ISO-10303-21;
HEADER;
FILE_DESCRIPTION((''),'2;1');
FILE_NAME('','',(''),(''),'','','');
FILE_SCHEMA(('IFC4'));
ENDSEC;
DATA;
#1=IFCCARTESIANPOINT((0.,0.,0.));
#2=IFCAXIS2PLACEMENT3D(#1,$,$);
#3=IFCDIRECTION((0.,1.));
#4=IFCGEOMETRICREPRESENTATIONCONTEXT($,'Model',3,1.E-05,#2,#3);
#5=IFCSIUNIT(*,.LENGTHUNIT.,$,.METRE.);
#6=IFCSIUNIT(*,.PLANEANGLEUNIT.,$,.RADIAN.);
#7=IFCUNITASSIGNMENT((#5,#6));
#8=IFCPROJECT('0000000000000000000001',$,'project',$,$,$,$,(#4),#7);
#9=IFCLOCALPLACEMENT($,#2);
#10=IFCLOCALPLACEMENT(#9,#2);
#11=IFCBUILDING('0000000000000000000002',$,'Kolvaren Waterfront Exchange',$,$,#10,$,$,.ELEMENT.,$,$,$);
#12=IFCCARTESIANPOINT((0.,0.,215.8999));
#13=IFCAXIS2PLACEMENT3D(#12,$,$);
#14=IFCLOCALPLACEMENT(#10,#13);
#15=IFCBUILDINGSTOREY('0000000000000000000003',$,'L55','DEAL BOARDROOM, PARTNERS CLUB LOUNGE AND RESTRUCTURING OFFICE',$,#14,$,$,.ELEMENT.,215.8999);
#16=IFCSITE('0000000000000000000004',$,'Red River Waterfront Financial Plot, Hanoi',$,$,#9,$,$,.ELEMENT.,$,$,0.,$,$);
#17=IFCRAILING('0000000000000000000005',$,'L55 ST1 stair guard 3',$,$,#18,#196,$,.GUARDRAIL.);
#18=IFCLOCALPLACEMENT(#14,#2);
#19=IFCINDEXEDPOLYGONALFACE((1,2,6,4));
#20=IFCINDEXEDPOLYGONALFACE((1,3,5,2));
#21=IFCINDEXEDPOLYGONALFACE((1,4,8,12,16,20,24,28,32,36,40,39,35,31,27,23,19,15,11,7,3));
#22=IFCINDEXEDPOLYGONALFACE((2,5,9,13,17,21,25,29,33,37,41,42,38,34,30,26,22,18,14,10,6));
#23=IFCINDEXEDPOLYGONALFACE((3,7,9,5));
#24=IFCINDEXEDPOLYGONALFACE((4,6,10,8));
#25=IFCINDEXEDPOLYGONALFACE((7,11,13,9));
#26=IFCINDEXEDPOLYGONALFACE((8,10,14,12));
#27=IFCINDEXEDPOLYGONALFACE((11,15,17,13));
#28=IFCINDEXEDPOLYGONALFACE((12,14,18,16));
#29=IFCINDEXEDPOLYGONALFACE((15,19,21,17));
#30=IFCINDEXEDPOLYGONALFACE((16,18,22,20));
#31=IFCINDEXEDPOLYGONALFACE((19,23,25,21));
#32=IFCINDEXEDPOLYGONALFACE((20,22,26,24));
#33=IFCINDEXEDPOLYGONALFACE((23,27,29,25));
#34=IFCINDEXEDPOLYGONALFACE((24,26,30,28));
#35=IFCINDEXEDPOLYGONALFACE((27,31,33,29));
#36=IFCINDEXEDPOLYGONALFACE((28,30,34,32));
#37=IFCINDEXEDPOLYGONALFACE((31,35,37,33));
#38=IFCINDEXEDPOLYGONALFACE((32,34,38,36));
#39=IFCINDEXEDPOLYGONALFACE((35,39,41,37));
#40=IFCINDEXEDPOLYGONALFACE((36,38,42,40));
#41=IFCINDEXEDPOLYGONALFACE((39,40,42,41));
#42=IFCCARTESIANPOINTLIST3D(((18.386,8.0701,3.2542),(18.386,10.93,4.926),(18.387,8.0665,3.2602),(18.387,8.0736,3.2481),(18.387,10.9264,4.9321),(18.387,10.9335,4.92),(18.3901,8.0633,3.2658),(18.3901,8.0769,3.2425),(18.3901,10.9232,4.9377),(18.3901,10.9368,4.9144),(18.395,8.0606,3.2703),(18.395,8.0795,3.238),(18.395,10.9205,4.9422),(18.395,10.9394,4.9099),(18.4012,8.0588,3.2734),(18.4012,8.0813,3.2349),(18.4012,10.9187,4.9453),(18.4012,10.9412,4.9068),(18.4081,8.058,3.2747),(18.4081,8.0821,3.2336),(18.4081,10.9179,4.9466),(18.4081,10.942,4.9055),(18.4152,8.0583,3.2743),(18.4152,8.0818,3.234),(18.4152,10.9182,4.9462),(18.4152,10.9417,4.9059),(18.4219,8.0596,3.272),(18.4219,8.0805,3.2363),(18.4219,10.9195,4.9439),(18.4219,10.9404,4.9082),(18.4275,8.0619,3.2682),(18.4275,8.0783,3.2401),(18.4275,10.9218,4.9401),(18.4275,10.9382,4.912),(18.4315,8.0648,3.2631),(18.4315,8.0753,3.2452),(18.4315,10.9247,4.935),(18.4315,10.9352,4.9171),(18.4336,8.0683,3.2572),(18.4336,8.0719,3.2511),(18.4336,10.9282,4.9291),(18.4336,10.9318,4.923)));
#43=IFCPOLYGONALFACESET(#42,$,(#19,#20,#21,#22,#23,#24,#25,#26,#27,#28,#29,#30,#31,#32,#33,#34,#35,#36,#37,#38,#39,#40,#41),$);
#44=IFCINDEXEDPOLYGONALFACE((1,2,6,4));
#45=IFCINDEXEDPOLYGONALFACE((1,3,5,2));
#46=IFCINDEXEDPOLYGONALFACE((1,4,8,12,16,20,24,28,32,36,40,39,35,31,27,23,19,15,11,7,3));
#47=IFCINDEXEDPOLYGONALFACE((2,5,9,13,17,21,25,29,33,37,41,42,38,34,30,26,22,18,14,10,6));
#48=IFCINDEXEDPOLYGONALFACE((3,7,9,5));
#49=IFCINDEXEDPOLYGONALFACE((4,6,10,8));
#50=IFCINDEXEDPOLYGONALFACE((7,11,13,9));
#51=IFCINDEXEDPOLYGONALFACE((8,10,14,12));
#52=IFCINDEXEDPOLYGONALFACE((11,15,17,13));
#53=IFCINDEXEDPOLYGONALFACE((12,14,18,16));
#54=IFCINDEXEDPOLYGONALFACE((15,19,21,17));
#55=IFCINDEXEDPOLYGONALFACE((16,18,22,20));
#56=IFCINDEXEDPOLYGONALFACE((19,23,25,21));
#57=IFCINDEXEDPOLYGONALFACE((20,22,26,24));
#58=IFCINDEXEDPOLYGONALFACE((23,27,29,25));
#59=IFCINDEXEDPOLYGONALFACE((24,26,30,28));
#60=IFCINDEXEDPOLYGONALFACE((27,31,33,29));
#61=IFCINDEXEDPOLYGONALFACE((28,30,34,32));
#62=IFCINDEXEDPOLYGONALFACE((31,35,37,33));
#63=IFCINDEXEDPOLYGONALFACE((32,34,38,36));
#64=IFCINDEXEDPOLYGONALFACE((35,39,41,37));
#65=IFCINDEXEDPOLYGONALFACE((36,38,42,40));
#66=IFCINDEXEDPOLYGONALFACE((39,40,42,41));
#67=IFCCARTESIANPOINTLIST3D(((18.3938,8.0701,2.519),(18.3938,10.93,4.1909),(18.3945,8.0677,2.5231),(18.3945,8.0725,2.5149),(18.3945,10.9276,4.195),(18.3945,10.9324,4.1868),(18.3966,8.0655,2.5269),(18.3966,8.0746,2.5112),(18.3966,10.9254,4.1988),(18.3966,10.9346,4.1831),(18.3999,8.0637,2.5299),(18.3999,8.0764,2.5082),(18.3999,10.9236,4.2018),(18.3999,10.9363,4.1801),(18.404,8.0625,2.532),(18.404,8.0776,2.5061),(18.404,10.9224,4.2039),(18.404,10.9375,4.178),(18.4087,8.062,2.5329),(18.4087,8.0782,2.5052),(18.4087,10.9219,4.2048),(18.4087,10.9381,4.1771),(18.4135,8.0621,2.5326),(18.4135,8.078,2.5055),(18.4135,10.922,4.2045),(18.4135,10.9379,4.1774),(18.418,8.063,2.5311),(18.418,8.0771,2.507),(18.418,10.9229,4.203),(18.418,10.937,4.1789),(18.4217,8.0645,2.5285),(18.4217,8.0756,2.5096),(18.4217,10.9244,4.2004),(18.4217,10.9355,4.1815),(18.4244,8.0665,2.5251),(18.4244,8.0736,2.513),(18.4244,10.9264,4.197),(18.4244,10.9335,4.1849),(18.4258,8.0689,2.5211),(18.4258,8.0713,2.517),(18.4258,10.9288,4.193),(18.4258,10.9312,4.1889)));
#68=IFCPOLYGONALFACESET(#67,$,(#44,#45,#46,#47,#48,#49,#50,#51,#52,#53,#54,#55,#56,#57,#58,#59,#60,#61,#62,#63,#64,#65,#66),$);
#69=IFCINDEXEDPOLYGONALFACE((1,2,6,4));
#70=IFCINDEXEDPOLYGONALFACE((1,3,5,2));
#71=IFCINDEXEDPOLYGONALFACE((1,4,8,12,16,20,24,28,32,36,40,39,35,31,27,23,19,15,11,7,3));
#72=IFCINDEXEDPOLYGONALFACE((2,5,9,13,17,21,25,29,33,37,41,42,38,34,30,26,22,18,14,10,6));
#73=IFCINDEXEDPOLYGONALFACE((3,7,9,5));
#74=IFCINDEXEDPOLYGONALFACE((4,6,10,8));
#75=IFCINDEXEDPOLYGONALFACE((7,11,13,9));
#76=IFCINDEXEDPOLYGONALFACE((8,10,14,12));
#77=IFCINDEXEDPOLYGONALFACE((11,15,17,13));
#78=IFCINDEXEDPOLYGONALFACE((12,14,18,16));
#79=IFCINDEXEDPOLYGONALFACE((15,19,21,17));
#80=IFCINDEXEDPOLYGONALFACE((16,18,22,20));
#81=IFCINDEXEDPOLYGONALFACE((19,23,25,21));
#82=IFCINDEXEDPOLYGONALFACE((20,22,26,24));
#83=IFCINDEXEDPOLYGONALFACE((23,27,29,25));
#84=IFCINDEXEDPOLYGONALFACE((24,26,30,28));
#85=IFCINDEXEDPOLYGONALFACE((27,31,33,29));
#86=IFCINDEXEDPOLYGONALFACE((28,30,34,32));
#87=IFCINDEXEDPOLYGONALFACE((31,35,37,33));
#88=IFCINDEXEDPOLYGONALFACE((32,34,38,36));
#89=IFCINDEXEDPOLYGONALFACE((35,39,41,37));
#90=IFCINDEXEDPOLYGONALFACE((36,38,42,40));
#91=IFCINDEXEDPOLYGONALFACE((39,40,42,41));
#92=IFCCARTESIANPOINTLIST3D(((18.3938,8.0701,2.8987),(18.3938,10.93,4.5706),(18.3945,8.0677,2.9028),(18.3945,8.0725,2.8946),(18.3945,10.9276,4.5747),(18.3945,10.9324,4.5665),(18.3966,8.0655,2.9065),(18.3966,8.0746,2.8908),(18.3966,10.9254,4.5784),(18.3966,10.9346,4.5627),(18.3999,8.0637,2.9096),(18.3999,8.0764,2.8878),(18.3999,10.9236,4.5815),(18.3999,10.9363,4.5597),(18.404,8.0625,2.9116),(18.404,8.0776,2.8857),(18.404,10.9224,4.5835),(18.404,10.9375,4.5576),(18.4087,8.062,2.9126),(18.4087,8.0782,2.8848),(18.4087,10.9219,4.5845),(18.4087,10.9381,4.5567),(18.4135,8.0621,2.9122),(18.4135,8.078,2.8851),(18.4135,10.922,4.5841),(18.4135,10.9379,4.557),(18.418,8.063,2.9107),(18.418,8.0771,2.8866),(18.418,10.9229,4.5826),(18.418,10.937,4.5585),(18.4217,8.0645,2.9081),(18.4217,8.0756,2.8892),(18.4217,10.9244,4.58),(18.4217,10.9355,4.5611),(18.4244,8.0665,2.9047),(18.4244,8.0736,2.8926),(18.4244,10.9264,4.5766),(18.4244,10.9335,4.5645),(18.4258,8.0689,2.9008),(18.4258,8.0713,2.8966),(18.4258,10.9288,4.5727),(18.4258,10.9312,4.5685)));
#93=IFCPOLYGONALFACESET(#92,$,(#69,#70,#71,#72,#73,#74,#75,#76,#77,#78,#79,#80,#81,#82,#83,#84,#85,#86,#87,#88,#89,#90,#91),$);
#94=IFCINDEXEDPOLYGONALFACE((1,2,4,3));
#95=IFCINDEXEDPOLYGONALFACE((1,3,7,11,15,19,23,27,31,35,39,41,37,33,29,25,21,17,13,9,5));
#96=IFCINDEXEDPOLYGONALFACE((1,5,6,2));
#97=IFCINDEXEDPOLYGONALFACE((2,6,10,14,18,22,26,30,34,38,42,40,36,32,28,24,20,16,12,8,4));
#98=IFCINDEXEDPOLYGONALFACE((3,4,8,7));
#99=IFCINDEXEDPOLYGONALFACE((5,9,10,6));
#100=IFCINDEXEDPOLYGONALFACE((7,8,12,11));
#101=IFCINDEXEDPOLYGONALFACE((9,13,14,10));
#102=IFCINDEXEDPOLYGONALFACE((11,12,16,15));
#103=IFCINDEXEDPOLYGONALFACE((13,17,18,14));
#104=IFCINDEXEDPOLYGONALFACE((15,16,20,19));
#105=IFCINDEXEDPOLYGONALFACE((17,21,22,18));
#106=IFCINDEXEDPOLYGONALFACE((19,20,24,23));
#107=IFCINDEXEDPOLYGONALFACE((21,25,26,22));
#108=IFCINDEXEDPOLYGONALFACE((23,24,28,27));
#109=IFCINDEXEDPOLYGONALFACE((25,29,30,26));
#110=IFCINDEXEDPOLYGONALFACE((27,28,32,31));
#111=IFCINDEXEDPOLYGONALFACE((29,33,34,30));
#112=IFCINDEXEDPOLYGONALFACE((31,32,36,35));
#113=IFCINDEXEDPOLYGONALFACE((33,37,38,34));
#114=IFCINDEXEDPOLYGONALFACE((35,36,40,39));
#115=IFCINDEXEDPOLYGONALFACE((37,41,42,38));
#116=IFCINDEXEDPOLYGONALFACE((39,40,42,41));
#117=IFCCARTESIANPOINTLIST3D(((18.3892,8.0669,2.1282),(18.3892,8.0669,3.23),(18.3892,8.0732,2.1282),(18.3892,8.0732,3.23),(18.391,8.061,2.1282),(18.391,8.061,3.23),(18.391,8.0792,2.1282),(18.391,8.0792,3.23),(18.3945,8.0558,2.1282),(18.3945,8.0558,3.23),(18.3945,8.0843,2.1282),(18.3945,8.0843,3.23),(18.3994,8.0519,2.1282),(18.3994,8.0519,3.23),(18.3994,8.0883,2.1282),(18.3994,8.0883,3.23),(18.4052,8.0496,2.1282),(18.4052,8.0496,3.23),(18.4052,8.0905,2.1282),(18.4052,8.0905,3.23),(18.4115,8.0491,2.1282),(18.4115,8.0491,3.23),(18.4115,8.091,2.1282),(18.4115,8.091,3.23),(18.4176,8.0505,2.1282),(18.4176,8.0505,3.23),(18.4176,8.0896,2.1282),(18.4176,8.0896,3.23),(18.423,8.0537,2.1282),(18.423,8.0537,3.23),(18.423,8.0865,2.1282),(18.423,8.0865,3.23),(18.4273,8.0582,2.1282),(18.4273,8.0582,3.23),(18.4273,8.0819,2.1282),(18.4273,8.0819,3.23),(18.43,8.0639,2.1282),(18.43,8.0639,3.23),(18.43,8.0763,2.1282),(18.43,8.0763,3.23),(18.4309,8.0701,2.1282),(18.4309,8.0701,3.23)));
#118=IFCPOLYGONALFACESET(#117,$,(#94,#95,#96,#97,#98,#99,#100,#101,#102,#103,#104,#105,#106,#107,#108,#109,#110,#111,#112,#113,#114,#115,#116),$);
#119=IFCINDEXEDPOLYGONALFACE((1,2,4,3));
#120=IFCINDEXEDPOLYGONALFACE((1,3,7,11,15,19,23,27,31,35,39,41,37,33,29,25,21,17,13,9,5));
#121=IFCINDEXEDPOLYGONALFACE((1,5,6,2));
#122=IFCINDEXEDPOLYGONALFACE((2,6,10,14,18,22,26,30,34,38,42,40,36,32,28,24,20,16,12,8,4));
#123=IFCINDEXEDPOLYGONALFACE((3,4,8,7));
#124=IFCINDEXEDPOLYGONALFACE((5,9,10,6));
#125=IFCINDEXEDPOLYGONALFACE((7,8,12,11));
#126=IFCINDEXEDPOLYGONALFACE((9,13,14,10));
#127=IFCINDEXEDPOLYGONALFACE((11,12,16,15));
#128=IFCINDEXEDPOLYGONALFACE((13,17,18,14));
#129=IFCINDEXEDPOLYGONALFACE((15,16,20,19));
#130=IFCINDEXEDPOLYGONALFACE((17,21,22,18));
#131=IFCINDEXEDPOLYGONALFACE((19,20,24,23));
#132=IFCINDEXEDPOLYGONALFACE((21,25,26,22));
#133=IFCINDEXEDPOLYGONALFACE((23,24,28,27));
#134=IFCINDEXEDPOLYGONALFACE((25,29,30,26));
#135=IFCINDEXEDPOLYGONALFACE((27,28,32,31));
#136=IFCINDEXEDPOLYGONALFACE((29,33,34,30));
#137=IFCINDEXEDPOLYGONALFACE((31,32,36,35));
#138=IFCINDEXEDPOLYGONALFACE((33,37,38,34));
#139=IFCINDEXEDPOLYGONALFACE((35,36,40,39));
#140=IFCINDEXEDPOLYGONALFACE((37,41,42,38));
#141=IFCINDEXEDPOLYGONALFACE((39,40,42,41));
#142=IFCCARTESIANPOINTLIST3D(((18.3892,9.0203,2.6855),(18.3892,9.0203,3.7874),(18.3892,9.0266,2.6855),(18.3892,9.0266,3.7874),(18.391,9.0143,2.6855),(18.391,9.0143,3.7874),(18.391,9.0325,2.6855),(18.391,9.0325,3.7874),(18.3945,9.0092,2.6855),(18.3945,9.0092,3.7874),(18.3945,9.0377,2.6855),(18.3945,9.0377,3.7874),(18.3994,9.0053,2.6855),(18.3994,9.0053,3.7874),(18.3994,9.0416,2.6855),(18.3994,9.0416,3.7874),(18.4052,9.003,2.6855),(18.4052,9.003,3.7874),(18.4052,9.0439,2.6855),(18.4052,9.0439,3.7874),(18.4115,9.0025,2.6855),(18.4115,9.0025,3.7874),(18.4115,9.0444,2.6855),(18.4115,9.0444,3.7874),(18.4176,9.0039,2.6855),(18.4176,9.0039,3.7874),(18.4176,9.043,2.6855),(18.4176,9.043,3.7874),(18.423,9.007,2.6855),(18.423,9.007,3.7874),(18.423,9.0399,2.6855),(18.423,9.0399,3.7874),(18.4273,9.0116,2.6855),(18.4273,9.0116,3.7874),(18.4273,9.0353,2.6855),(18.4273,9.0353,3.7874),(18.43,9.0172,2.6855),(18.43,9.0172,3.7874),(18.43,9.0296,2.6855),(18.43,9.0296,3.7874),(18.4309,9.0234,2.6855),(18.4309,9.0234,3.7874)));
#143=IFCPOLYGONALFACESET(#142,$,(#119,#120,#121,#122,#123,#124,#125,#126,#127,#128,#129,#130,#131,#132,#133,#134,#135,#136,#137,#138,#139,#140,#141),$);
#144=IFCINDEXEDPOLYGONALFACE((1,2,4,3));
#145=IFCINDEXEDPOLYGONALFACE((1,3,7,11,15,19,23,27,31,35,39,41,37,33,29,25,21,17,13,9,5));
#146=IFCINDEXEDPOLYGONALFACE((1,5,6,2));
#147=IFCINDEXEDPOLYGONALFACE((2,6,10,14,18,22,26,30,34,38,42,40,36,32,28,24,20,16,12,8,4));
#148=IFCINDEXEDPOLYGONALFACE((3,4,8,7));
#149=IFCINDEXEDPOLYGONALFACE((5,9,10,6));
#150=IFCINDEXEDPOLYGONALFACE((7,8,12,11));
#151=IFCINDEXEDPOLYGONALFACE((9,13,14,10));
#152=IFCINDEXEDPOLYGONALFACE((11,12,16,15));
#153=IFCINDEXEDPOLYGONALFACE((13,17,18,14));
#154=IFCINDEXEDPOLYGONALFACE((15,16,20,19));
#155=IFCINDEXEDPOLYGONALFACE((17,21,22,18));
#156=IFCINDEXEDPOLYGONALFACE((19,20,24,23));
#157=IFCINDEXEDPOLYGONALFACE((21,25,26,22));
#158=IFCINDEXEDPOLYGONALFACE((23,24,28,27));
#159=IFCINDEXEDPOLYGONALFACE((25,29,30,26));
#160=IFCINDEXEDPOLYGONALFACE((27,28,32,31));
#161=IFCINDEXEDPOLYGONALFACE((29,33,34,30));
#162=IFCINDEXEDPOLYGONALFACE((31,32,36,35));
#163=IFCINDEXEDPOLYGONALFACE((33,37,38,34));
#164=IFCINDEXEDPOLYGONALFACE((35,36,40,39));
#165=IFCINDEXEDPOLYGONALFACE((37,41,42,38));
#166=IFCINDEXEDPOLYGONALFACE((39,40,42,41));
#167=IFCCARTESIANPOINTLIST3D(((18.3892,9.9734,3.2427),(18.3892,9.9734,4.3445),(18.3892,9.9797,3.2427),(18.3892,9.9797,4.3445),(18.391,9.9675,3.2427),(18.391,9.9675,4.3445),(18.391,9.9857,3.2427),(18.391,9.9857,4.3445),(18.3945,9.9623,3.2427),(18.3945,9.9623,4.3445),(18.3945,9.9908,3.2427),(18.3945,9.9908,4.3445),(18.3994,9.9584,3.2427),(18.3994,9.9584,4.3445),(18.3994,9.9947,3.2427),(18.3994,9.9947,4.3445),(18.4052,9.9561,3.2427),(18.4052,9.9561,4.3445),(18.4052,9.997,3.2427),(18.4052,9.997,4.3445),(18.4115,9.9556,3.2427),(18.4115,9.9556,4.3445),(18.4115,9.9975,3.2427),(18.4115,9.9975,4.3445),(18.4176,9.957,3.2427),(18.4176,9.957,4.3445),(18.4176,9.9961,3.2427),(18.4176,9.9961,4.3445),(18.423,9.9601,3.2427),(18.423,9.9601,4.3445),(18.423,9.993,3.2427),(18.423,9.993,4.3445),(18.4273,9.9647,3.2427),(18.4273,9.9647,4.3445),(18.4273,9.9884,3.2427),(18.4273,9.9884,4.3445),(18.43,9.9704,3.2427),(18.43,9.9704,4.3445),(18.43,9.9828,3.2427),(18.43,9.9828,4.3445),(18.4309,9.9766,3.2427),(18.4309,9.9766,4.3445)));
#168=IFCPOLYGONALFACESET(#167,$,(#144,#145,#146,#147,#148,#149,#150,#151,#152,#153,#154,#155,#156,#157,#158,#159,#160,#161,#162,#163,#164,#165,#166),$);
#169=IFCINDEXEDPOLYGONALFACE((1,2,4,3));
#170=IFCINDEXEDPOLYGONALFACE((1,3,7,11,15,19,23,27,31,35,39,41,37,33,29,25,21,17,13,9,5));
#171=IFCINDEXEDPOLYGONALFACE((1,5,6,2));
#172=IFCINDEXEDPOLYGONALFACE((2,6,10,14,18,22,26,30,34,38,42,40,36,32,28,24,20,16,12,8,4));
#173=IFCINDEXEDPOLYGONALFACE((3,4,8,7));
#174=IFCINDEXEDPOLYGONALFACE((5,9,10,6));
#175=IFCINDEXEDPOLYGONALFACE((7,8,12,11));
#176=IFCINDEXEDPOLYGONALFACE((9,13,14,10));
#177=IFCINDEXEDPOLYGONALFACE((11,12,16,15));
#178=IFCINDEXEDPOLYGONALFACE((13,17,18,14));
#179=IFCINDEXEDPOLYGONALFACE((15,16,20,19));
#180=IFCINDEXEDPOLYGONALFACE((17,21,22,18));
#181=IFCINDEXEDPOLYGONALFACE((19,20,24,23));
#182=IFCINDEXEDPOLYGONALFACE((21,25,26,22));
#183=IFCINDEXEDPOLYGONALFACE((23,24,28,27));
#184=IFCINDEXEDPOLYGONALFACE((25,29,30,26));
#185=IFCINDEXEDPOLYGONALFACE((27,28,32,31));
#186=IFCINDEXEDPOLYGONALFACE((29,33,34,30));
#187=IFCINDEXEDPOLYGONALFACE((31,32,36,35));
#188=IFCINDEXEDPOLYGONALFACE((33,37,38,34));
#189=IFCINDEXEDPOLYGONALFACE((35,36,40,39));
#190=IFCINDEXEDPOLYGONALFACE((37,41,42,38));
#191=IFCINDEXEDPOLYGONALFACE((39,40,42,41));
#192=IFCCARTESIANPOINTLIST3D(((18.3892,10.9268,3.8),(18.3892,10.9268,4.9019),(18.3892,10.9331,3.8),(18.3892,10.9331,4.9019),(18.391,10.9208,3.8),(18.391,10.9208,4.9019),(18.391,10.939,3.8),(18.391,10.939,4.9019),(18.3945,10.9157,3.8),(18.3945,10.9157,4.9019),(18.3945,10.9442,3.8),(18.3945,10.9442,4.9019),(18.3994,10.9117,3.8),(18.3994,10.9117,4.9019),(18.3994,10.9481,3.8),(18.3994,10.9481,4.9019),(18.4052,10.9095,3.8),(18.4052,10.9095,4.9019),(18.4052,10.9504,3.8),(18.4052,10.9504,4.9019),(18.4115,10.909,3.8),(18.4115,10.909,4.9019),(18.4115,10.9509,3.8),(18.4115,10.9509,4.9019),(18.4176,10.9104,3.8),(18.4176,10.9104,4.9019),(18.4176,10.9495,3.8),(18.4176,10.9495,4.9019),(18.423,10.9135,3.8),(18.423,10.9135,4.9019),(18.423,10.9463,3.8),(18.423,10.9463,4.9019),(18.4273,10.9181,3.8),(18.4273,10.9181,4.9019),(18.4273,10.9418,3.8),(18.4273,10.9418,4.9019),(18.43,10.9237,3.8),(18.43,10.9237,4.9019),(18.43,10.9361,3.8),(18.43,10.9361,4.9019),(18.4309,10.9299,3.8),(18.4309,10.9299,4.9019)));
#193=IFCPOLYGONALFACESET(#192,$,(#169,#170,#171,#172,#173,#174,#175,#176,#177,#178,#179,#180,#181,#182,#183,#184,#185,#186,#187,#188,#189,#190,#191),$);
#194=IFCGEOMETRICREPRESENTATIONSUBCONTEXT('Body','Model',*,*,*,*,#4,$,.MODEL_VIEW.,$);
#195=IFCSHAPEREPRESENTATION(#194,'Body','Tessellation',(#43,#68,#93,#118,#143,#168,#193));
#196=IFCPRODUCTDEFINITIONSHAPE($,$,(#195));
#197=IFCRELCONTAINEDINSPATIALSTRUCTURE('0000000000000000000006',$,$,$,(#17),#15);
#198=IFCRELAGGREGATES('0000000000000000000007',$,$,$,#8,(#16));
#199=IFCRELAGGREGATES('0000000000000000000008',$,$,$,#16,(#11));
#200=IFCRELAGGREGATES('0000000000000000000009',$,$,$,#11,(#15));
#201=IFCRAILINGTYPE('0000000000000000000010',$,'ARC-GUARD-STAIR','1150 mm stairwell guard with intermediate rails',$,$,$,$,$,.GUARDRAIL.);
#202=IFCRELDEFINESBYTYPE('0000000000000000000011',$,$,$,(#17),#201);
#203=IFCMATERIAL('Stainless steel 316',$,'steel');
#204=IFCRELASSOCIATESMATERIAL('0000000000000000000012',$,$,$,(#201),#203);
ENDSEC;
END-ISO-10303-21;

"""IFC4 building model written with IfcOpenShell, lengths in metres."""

from ifc_helpers import new_model, si_unit, direction, frame, origin, origin_2d, place, context, subcontext, project, spatial, circle, extrude, material, type_object, element, save


model = new_model("IFC4")

# Units and contexts
model_context = context("Model", 3, precision=1e-05, world=origin(), true_north=direction((0.0, 1.0)))
body_context = subcontext(model_context, "Body", "Model", "MODEL_VIEW")
ifc_project = project(units=[si_unit("LENGTHUNIT", "METRE"), si_unit("PLANEANGLEUNIT", "RADIAN")], contexts=[model_context])

# Site, building, storey
site_placement = place(None, origin())
site = spatial("IfcSite", under=ifc_project, at=site_placement, Name="Red River Waterfront Financial Plot, Hanoi", CompositionType="ELEMENT", RefElevation=0.0)
building_placement = place(site_placement, origin())
building = spatial("IfcBuilding", under=site, at=building_placement, Name="Kolvaren Waterfront Exchange", CompositionType="ELEMENT")
storey_placement = place(building_placement, frame((0.0, 0.0, 215.8999)))
storey = spatial("IfcBuildingStorey", under=building, at=storey_placement, Name="L55", Description="DEAL BOARDROOM, PARTNERS CLUB LOUNGE AND RESTRUCTURING OFFICE", CompositionType="ELEMENT", Elevation=215.8999)

# Railing
ifc_material_1 = material(Name="Stainless steel 316", Category="steel")
railing_type_1 = type_object("IfcRailingType", Name="ARC-GUARD-STAIR", Description="1150 mm stairwell guard with intermediate rails", PredefinedType="GUARDRAIL", material=ifc_material_1)
railing_1_placement = place(storey_placement, frame((18.4099, 8.0701, 2.1282)))
element("IfcRailing", 1, at=railing_1_placement, inside=storey, type_object=railing_type_1, Name="L55 ST1 stair guard 3", PredefinedType="GUARDRAIL", context=body_context, shape_type="SweptSolid", body=[
    extrude(circle(Radius=0.0239, at=origin_2d()), frame((0.0, 0.0, 1.126), z_axis=(0.0, 0.863303, 0.504686), x_axis=(-1.0, 0.0, 0.0)), (0.0, 0.0, 1.0), 3.3127),
    extrude(circle(Radius=0.0161, at=origin_2d()), frame((0.0, 0.0, 0.3909), z_axis=(0.0, 0.863303, 0.504686), x_axis=(-1.0, 0.0, 0.0)), (0.0, 0.0, 1.0), 3.3127),
    extrude(circle(Radius=0.0161, at=origin_2d()), frame((0.0, 0.0, 0.7705), z_axis=(0.0, 0.863303, 0.504686), x_axis=(-1.0, 0.0, 0.0)), (0.0, 0.0, 1.0), 3.3127),
    extrude(circle(Radius=0.021, at=origin_2d()), origin(), (0.0, 0.0, 1.0), 1.1018),
    extrude(circle(Radius=0.021, at=origin_2d()), frame((0.0, 0.9534, 0.5574)), (0.0, 0.0, 1.0), 1.1018),
    extrude(circle(Radius=0.021, at=origin_2d()), frame((0.0, 1.9065, 1.1145)), (0.0, 0.0, 1.0), 1.1018),
    extrude(circle(Radius=0.021, at=origin_2d()), frame((0.0, 2.8599, 1.6719)), (0.0, 0.0, 1.0), 1.1018),
])

save(model, "model.ifc")
